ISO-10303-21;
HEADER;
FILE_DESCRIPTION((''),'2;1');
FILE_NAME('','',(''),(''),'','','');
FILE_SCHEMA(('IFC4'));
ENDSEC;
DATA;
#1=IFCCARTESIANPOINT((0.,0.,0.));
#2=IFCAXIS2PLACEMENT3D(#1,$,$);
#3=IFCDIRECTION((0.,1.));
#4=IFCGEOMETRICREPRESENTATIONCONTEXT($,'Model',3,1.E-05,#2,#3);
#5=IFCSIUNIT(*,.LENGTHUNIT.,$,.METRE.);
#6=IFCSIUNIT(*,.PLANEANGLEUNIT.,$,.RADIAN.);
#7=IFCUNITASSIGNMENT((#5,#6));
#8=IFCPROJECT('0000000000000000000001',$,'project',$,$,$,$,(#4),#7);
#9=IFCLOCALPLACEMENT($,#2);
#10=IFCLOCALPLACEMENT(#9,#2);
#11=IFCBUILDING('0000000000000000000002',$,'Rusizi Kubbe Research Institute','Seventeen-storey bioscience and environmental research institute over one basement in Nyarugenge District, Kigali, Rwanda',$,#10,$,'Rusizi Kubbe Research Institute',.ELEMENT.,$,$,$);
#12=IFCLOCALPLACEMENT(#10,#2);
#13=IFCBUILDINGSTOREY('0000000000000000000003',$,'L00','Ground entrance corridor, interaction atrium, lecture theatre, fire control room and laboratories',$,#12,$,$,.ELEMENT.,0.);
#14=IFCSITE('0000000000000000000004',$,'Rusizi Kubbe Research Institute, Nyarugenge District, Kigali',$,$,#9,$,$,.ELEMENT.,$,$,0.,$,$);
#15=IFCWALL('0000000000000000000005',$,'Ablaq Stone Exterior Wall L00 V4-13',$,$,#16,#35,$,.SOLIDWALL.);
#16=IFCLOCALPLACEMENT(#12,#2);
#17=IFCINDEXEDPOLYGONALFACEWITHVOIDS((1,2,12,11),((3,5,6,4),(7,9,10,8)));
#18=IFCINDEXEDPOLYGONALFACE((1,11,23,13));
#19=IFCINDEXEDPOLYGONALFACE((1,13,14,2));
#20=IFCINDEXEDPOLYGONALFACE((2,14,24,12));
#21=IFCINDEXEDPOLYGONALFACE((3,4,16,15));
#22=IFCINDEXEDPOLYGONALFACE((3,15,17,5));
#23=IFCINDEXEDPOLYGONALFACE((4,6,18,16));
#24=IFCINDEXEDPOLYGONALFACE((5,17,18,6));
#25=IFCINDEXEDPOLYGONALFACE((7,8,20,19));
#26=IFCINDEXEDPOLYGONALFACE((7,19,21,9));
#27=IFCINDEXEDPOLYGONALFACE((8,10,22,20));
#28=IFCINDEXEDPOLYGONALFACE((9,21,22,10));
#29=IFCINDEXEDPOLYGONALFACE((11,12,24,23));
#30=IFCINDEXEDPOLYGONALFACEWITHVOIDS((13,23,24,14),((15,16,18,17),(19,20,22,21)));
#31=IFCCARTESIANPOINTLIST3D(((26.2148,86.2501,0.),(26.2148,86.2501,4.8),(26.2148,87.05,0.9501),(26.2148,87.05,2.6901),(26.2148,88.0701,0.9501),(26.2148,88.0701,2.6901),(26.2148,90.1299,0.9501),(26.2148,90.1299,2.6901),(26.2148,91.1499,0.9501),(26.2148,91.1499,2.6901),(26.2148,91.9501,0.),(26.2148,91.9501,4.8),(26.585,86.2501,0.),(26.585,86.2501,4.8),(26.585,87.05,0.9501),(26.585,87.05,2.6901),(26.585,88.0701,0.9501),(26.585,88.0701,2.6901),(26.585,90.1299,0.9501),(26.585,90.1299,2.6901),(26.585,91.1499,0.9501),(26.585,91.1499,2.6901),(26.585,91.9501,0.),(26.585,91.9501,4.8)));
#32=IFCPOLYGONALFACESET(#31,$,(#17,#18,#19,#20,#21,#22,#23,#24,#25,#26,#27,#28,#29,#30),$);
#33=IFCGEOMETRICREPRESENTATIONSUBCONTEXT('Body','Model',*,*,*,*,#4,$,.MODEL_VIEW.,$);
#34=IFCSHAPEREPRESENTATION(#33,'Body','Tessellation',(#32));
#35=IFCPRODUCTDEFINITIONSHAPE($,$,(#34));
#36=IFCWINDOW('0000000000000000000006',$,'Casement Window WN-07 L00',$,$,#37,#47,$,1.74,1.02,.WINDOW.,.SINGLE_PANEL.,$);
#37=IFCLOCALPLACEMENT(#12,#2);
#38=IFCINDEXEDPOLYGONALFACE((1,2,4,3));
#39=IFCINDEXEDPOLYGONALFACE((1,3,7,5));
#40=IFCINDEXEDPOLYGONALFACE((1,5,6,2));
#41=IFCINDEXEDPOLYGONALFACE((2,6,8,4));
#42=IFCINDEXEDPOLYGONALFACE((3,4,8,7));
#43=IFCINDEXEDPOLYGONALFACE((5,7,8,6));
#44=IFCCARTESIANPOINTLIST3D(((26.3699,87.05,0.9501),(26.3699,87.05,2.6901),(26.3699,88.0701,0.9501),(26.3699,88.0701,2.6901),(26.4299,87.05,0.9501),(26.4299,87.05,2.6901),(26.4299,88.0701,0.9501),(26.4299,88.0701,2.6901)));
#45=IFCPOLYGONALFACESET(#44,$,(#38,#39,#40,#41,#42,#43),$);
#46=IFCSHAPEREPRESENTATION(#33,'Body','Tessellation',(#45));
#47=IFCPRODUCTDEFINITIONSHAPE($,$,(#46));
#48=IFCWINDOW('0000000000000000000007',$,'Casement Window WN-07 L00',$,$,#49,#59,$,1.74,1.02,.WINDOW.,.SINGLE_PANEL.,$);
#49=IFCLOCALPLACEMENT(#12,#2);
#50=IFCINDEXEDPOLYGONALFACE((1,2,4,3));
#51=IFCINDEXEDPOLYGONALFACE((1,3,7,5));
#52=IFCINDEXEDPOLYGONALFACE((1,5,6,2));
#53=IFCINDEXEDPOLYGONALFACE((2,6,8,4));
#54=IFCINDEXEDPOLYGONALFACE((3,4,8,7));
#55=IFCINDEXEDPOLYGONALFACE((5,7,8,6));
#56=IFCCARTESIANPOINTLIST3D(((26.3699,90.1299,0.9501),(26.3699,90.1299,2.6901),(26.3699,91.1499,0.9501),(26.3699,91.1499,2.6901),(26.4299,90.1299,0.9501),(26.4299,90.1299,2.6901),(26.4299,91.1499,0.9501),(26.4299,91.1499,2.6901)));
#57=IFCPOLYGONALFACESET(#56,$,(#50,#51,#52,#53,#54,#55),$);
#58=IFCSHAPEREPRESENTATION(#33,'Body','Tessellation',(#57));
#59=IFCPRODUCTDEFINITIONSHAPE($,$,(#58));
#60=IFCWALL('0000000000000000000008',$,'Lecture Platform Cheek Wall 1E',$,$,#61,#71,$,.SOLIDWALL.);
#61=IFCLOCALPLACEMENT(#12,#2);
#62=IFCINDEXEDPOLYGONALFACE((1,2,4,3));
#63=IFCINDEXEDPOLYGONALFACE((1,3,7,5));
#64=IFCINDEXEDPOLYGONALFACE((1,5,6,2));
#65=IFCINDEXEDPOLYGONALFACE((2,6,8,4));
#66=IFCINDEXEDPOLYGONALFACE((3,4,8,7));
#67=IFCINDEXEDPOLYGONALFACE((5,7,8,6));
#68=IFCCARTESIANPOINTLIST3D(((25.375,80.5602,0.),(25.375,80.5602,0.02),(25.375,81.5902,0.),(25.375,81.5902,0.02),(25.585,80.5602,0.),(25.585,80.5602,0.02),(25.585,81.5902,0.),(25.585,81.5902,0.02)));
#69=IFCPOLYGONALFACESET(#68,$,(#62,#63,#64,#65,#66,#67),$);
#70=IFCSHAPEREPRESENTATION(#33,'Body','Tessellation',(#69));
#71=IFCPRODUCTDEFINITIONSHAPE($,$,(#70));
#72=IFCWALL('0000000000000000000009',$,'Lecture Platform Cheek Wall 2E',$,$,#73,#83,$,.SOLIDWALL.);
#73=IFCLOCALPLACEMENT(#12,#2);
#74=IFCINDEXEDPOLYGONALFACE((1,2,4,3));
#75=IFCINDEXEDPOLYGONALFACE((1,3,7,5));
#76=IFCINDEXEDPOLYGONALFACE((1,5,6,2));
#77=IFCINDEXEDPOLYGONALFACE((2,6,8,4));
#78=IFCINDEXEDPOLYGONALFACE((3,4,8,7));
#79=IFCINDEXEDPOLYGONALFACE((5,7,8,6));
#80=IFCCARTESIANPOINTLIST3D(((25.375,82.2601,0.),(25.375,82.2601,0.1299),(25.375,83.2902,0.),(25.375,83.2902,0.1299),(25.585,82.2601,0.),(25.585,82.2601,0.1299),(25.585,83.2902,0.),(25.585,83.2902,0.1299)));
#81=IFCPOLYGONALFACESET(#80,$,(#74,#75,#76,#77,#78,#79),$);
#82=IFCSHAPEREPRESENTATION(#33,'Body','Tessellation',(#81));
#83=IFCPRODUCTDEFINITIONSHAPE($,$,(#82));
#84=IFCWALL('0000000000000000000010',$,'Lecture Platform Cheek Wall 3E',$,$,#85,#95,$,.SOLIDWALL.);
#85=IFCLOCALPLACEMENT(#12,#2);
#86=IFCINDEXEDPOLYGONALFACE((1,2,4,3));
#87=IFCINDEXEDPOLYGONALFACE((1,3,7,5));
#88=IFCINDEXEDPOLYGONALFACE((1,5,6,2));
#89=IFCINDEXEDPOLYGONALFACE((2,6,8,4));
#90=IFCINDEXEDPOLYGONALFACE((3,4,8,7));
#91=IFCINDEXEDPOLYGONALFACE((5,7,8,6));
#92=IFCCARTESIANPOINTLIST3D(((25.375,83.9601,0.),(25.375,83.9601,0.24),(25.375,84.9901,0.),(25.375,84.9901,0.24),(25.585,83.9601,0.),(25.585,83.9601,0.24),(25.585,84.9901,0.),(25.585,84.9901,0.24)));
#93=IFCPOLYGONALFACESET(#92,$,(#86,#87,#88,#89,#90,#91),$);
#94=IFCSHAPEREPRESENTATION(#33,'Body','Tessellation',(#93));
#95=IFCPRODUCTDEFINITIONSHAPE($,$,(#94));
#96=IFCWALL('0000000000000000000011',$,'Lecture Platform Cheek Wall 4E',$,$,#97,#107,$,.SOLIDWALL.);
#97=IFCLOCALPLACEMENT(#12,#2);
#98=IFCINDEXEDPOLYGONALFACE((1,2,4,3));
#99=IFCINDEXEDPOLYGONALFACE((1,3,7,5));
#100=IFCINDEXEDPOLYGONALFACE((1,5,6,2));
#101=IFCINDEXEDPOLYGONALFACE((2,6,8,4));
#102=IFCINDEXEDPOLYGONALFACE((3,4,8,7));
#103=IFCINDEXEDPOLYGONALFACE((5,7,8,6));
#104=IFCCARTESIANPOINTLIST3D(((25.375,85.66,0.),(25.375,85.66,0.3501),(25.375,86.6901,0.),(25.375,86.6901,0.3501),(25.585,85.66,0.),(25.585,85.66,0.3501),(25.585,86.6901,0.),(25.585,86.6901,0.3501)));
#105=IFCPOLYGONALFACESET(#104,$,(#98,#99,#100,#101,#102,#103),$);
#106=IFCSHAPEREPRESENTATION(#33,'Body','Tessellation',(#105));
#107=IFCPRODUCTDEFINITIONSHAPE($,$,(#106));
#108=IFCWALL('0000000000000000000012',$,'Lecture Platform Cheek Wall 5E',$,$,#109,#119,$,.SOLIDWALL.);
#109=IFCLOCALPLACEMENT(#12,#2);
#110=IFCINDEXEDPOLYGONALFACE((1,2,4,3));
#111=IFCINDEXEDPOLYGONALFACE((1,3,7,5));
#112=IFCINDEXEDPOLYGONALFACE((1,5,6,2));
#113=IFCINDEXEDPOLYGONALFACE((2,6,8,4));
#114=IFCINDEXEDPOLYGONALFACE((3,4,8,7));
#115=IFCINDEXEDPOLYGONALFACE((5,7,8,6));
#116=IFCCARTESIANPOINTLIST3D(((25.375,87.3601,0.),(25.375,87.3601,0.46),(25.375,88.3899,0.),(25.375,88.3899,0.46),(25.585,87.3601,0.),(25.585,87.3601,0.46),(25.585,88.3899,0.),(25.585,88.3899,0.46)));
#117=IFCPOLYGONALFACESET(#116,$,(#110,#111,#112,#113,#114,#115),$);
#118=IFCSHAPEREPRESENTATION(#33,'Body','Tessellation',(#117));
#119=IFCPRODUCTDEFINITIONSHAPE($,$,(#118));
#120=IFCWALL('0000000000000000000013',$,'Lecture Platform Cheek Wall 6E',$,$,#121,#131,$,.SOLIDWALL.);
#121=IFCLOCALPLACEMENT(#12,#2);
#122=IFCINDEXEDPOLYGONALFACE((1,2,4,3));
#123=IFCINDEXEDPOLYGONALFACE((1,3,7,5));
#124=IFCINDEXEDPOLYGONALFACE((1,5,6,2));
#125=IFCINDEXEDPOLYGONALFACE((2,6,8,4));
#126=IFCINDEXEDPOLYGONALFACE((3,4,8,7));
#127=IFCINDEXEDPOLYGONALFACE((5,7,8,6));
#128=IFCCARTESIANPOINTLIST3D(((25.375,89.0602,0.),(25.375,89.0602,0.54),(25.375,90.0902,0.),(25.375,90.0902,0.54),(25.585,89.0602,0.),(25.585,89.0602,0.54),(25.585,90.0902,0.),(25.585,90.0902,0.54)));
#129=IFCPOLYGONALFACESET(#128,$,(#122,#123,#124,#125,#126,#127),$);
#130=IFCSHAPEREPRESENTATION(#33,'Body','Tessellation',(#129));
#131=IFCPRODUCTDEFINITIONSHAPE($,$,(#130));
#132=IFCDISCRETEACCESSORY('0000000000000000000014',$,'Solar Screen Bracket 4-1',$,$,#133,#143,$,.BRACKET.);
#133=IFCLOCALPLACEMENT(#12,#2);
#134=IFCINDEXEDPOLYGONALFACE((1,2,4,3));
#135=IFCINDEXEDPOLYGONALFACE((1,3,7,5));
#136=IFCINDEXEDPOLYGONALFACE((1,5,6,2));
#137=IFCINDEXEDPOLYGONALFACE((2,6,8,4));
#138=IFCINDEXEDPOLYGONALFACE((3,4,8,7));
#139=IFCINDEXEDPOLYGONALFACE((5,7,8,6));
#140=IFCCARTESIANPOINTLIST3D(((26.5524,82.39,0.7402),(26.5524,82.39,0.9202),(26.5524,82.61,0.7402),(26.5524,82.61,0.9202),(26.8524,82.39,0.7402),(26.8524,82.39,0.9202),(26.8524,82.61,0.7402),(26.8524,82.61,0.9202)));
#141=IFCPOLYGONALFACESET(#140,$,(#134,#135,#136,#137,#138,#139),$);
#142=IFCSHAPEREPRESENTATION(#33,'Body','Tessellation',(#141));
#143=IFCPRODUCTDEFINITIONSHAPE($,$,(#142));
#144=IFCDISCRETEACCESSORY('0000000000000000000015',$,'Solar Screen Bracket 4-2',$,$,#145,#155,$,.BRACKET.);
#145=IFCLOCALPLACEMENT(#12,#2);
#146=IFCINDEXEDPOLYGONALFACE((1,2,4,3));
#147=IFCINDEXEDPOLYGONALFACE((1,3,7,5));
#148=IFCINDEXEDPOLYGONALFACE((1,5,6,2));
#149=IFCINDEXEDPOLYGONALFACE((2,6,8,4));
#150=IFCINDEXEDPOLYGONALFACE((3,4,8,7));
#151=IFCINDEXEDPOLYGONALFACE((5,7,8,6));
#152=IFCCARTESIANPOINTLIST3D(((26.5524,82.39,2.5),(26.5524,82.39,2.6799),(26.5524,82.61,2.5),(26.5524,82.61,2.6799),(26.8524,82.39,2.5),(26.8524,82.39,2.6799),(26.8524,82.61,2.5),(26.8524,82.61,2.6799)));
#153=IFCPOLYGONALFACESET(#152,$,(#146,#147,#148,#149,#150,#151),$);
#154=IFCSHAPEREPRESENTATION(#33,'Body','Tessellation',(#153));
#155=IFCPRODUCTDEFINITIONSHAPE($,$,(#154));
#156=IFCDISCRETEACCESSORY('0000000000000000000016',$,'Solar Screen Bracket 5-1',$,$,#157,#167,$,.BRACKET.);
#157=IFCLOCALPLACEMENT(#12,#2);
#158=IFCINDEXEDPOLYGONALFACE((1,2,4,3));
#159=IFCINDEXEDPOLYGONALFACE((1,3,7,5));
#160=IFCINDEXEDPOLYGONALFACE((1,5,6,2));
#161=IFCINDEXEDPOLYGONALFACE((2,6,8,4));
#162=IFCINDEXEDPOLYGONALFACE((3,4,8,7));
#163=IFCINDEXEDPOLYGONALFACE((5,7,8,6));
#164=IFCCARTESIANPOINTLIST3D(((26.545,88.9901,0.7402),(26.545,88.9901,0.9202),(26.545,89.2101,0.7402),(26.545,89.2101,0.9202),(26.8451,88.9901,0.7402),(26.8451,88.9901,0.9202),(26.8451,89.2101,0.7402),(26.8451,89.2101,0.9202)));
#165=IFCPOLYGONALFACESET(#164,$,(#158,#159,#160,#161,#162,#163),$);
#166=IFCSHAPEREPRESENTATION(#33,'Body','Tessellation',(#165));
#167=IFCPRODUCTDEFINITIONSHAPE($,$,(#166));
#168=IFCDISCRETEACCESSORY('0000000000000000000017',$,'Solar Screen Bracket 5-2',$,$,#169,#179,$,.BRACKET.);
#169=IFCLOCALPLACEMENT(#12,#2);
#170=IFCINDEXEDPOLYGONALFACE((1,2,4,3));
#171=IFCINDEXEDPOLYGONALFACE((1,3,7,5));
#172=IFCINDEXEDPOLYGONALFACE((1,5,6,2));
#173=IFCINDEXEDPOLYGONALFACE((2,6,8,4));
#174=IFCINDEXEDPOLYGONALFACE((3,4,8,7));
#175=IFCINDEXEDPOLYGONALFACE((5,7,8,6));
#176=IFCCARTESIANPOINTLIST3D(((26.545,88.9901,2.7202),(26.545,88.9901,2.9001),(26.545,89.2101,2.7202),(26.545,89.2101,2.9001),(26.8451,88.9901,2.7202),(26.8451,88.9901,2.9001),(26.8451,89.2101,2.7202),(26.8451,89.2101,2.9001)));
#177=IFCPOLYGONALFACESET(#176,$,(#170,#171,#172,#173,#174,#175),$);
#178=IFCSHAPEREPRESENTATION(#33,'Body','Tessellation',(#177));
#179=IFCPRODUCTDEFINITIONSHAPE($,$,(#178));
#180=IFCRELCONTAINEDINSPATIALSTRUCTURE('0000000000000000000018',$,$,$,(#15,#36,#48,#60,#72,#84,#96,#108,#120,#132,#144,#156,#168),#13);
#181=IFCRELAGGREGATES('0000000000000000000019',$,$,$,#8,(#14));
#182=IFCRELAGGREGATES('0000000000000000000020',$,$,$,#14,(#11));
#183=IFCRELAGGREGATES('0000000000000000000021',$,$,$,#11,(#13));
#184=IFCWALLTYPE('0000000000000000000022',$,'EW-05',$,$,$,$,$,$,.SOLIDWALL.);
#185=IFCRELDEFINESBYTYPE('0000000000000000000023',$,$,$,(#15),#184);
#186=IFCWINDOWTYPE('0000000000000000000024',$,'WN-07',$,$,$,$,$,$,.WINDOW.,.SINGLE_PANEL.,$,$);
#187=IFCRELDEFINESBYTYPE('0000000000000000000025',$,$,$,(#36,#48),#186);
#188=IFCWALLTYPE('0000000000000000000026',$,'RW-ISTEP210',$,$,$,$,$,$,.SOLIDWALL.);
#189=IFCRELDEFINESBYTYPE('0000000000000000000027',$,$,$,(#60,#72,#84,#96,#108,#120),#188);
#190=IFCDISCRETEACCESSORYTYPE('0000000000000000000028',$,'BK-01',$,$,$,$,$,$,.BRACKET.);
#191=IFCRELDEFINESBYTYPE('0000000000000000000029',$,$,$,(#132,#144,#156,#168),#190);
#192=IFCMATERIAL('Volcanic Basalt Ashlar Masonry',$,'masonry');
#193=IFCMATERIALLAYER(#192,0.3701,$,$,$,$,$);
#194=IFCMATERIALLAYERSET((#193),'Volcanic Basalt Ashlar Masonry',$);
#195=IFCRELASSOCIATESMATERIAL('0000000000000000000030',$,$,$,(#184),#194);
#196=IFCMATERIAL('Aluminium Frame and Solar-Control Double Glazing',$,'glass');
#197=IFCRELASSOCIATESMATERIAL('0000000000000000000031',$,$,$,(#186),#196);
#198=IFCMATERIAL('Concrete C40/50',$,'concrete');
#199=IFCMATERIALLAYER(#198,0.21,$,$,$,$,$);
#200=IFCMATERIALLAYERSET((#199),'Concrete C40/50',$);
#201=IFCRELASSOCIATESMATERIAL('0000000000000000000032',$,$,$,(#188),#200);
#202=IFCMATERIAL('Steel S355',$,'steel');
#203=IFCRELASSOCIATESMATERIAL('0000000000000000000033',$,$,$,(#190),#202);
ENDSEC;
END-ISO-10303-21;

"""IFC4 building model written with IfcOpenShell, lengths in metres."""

from ifc_helpers import new_model, si_unit, direction, frame, frame_2d, origin, origin_2d, place, context, subcontext, project, spatial, rectangle, extrude, material, layer, layer_set, type_object, element, fill, save


model = new_model("IFC4")

# Units and contexts
model_context = context("Model", 3, precision=1e-05, world=origin(), true_north=direction((0.0, 1.0)))
body_context = subcontext(model_context, "Body", "Model", "MODEL_VIEW")
ifc_project = project(units=[si_unit("LENGTHUNIT", "METRE"), si_unit("PLANEANGLEUNIT", "RADIAN")], contexts=[model_context])

# Site, building, storey
site_placement = place(None, origin())
site = spatial("IfcSite", under=ifc_project, at=site_placement, Name="Rusizi Kubbe Research Institute, Nyarugenge District, Kigali", CompositionType="ELEMENT", RefElevation=0.0)
building_placement = place(site_placement, origin())
building = spatial("IfcBuilding", under=site, at=building_placement, Name="Rusizi Kubbe Research Institute", Description="Seventeen-storey bioscience and environmental research institute over one basement in Nyarugenge District, Kigali, Rwanda", LongName="Rusizi Kubbe Research Institute", CompositionType="ELEMENT")
storey_placement = place(building_placement, origin())
storey = spatial("IfcBuildingStorey", under=building, at=storey_placement, Name="L00", Description="Ground entrance corridor, interaction atrium, lecture theatre, fire control room and laboratories", CompositionType="ELEMENT", Elevation=0.0)

# Wall, openings, windows
ifc_material_1 = material(Name="Volcanic Basalt Ashlar Masonry", Category="masonry")
ifc_layer_1 = layer(ifc_material_1, 0.3701)
ifc_layer_set_1 = layer_set([ifc_layer_1], Name="Volcanic Basalt Ashlar Masonry")
wall_type_1 = type_object("IfcWallType", Name="EW-05", PredefinedType="SOLIDWALL", material=ifc_layer_set_1)
wall_1_placement = place(storey_placement, frame((26.3999, 86.25, 0.0), z_axis=(0.0, 0.0, 1.0), x_axis=(0.0, 1.0, 0.0)))
wall_1 = element("IfcWall", 1, at=wall_1_placement, inside=storey, type_object=wall_type_1, Name="Ablaq Stone Exterior Wall L00 V4-13", PredefinedType="SOLIDWALL", context=body_context, shape_type="SweptSolid", body=[
    extrude(rectangle(XDim=5.7, YDim=0.3701, at=frame_2d((2.8501, 0.0))), origin(), (0.0, 0.0, 1.0), 4.8),
])
opening_1_placement = place(wall_1_placement, frame((0.8, 0.0, 0.95)))
opening_1 = element("IfcOpeningElement", 2, at=opening_1_placement, cuts=wall_1, PredefinedType="OPENING", context=body_context, shape_type="SweptSolid", body=[
    extrude(rectangle(XDim=1.02, YDim=1.74, at=frame_2d((0.51, 0.8701))), frame((0.0, 0.1951, 0.0), z_axis=(0.0, -1.0, 0.0), x_axis=(1.0, 0.0, 0.0)), (0.0, 0.0, 1.0), 0.3901),
])
opening_2_placement = place(wall_1_placement, frame((3.8799, 0.0, 0.95)))
opening_2 = element("IfcOpeningElement", 3, at=opening_2_placement, cuts=wall_1, PredefinedType="OPENING", context=body_context, shape_type="SweptSolid", body=[
    extrude(rectangle(XDim=1.02, YDim=1.74, at=frame_2d((0.51, 0.8701))), frame((0.0, 0.1951, 0.0), z_axis=(0.0, -1.0, 0.0), x_axis=(1.0, 0.0, 0.0)), (0.0, 0.0, 1.0), 0.3901),
])
ifc_material_2 = material(Name="Aluminium Frame and Solar-Control Double Glazing", Category="glass")
window_type_1 = type_object("IfcWindowType", Name="WN-07", PartitioningType="SINGLE_PANEL", PredefinedType="WINDOW", material=ifc_material_2)
window_1_placement = place(opening_1_placement, origin())
window_1 = element("IfcWindow", 4, at=window_1_placement, inside=storey, type_object=window_type_1, Name="Casement Window WN-07 L00", OverallHeight=1.74, OverallWidth=1.02, PartitioningType="SINGLE_PANEL", PredefinedType="WINDOW", context=body_context, shape_type="SweptSolid", body=[
    extrude(rectangle(XDim=1.02, YDim=1.74, at=frame_2d((0.51, 0.8701))), frame((0.0, 0.03, 0.0), z_axis=(0.0, -1.0, 0.0), x_axis=(1.0, 0.0, 0.0)), (0.0, 0.0, 1.0), 0.0601),
])
fill(opening_1, window_1)
window_2_placement = place(opening_2_placement, origin())
window_2 = element("IfcWindow", 5, at=window_2_placement, inside=storey, type_object=window_type_1, Name="Casement Window WN-07 L00", OverallHeight=1.74, OverallWidth=1.02, PartitioningType="SINGLE_PANEL", PredefinedType="WINDOW", context=body_context, shape_type="SweptSolid", body=[
    extrude(rectangle(XDim=1.02, YDim=1.74, at=frame_2d((0.51, 0.8701))), frame((0.0, 0.03, 0.0), z_axis=(0.0, -1.0, 0.0), x_axis=(1.0, 0.0, 0.0)), (0.0, 0.0, 1.0), 0.0601),
])
fill(opening_2, window_2)

# Walls
ifc_material_3 = material(Name="Concrete C40/50", Category="concrete")
ifc_layer_2 = layer(ifc_material_3, 0.21)
ifc_layer_set_2 = layer_set([ifc_layer_2], Name="Concrete C40/50")
wall_type_2 = type_object("IfcWallType", Name="RW-ISTEP210", PredefinedType="SOLIDWALL", material=ifc_layer_set_2)
wall_2_placement = place(storey_placement, frame((25.48, 80.5601, 0.0), z_axis=(0.0, 0.0, 1.0), x_axis=(0.0, 1.0, 0.0)))
element("IfcWall", 6, at=wall_2_placement, inside=storey, type_object=wall_type_2, Name="Lecture Platform Cheek Wall 1E", PredefinedType="SOLIDWALL", context=body_context, shape_type="SweptSolid", body=[
    extrude(rectangle(XDim=1.03, YDim=0.21, at=frame_2d((0.5151, 0.0))), origin(), (0.0, 0.0, 1.0), 0.02),
])
wall_3_placement = place(storey_placement, frame((25.48, 82.26, 0.0), z_axis=(0.0, 0.0, 1.0), x_axis=(0.0, 1.0, 0.0)))
element("IfcWall", 7, at=wall_3_placement, inside=storey, type_object=wall_type_2, Name="Lecture Platform Cheek Wall 2E", PredefinedType="SOLIDWALL", context=body_context, shape_type="SweptSolid", body=[
    extrude(rectangle(XDim=1.03, YDim=0.21, at=frame_2d((0.5151, 0.0))), origin(), (0.0, 0.0, 1.0), 0.1299),
])
wall_4_placement = place(storey_placement, frame((25.48, 83.96, 0.0), z_axis=(0.0, 0.0, 1.0), x_axis=(0.0, 1.0, 0.0)))
element("IfcWall", 8, at=wall_4_placement, inside=storey, type_object=wall_type_2, Name="Lecture Platform Cheek Wall 3E", PredefinedType="SOLIDWALL", context=body_context, shape_type="SweptSolid", body=[
    extrude(rectangle(XDim=1.03, YDim=0.21, at=frame_2d((0.5151, 0.0))), origin(), (0.0, 0.0, 1.0), 0.24),
])
wall_5_placement = place(storey_placement, frame((25.48, 85.6599, 0.0), z_axis=(0.0, 0.0, 1.0), x_axis=(0.0, 1.0, 0.0)))
element("IfcWall", 9, at=wall_5_placement, inside=storey, type_object=wall_type_2, Name="Lecture Platform Cheek Wall 4E", PredefinedType="SOLIDWALL", context=body_context, shape_type="SweptSolid", body=[
    extrude(rectangle(XDim=1.03, YDim=0.21, at=frame_2d((0.5151, 0.0))), origin(), (0.0, 0.0, 1.0), 0.3501),
])
wall_6_placement = place(storey_placement, frame((25.48, 87.3601, 0.0), z_axis=(0.0, 0.0, 1.0), x_axis=(0.0, 1.0, 0.0)))
element("IfcWall", 10, at=wall_6_placement, inside=storey, type_object=wall_type_2, Name="Lecture Platform Cheek Wall 5E", PredefinedType="SOLIDWALL", context=body_context, shape_type="SweptSolid", body=[
    extrude(rectangle(XDim=1.0298, YDim=0.21, at=frame_2d((0.5149, 0.0))), origin(), (0.0, 0.0, 1.0), 0.46),
])
wall_7_placement = place(storey_placement, frame((25.48, 89.0601, 0.0), z_axis=(0.0, 0.0, 1.0), x_axis=(0.0, 1.0, 0.0)))
element("IfcWall", 11, at=wall_7_placement, inside=storey, type_object=wall_type_2, Name="Lecture Platform Cheek Wall 6E", PredefinedType="SOLIDWALL", context=body_context, shape_type="SweptSolid", body=[
    extrude(rectangle(XDim=1.03, YDim=0.21, at=frame_2d((0.5151, 0.0))), origin(), (0.0, 0.0, 1.0), 0.54),
])

# Discrete accessories
ifc_material_4 = material(Name="Steel S355", Category="steel")
discrete_accessory_type = type_object("IfcDiscreteAccessoryType", Name="BK-01", PredefinedType="BRACKET", material=ifc_material_4)
for number, where, z_axis, x_axis, name in (
    (12, (26.7024, 82.5, 0.7402), (0.0, 0.0, 1.0), (1.0, 0.0, 0.0), "Solar Screen Bracket 4-1"),
    (13, (26.7024, 82.5, 2.5), (0.0, 0.0, 1.0), (1.0, 0.0, 0.0), "Solar Screen Bracket 4-2"),
    (14, (26.6951, 89.1001, 0.7402), (0.0, 0.0, 1.0), (1.0, 0.0, 0.0), "Solar Screen Bracket 5-1"),
    (15, (26.6951, 89.1001, 2.7202), (0.0, 0.0, 1.0), (1.0, 0.0, 0.0), "Solar Screen Bracket 5-2"),
):
    element("IfcDiscreteAccessory", number, at=place(storey_placement, frame(where, z_axis=z_axis, x_axis=x_axis)), inside=storey, type_object=discrete_accessory_type, Name=name, PredefinedType="BRACKET", context=body_context, shape_type="SweptSolid", body=[
        extrude(rectangle(XDim=0.3, YDim=0.22, at=origin_2d()), origin(), (0.0, 0.0, 1.0), 0.1799),
    ])

save(model, "model.ifc")
